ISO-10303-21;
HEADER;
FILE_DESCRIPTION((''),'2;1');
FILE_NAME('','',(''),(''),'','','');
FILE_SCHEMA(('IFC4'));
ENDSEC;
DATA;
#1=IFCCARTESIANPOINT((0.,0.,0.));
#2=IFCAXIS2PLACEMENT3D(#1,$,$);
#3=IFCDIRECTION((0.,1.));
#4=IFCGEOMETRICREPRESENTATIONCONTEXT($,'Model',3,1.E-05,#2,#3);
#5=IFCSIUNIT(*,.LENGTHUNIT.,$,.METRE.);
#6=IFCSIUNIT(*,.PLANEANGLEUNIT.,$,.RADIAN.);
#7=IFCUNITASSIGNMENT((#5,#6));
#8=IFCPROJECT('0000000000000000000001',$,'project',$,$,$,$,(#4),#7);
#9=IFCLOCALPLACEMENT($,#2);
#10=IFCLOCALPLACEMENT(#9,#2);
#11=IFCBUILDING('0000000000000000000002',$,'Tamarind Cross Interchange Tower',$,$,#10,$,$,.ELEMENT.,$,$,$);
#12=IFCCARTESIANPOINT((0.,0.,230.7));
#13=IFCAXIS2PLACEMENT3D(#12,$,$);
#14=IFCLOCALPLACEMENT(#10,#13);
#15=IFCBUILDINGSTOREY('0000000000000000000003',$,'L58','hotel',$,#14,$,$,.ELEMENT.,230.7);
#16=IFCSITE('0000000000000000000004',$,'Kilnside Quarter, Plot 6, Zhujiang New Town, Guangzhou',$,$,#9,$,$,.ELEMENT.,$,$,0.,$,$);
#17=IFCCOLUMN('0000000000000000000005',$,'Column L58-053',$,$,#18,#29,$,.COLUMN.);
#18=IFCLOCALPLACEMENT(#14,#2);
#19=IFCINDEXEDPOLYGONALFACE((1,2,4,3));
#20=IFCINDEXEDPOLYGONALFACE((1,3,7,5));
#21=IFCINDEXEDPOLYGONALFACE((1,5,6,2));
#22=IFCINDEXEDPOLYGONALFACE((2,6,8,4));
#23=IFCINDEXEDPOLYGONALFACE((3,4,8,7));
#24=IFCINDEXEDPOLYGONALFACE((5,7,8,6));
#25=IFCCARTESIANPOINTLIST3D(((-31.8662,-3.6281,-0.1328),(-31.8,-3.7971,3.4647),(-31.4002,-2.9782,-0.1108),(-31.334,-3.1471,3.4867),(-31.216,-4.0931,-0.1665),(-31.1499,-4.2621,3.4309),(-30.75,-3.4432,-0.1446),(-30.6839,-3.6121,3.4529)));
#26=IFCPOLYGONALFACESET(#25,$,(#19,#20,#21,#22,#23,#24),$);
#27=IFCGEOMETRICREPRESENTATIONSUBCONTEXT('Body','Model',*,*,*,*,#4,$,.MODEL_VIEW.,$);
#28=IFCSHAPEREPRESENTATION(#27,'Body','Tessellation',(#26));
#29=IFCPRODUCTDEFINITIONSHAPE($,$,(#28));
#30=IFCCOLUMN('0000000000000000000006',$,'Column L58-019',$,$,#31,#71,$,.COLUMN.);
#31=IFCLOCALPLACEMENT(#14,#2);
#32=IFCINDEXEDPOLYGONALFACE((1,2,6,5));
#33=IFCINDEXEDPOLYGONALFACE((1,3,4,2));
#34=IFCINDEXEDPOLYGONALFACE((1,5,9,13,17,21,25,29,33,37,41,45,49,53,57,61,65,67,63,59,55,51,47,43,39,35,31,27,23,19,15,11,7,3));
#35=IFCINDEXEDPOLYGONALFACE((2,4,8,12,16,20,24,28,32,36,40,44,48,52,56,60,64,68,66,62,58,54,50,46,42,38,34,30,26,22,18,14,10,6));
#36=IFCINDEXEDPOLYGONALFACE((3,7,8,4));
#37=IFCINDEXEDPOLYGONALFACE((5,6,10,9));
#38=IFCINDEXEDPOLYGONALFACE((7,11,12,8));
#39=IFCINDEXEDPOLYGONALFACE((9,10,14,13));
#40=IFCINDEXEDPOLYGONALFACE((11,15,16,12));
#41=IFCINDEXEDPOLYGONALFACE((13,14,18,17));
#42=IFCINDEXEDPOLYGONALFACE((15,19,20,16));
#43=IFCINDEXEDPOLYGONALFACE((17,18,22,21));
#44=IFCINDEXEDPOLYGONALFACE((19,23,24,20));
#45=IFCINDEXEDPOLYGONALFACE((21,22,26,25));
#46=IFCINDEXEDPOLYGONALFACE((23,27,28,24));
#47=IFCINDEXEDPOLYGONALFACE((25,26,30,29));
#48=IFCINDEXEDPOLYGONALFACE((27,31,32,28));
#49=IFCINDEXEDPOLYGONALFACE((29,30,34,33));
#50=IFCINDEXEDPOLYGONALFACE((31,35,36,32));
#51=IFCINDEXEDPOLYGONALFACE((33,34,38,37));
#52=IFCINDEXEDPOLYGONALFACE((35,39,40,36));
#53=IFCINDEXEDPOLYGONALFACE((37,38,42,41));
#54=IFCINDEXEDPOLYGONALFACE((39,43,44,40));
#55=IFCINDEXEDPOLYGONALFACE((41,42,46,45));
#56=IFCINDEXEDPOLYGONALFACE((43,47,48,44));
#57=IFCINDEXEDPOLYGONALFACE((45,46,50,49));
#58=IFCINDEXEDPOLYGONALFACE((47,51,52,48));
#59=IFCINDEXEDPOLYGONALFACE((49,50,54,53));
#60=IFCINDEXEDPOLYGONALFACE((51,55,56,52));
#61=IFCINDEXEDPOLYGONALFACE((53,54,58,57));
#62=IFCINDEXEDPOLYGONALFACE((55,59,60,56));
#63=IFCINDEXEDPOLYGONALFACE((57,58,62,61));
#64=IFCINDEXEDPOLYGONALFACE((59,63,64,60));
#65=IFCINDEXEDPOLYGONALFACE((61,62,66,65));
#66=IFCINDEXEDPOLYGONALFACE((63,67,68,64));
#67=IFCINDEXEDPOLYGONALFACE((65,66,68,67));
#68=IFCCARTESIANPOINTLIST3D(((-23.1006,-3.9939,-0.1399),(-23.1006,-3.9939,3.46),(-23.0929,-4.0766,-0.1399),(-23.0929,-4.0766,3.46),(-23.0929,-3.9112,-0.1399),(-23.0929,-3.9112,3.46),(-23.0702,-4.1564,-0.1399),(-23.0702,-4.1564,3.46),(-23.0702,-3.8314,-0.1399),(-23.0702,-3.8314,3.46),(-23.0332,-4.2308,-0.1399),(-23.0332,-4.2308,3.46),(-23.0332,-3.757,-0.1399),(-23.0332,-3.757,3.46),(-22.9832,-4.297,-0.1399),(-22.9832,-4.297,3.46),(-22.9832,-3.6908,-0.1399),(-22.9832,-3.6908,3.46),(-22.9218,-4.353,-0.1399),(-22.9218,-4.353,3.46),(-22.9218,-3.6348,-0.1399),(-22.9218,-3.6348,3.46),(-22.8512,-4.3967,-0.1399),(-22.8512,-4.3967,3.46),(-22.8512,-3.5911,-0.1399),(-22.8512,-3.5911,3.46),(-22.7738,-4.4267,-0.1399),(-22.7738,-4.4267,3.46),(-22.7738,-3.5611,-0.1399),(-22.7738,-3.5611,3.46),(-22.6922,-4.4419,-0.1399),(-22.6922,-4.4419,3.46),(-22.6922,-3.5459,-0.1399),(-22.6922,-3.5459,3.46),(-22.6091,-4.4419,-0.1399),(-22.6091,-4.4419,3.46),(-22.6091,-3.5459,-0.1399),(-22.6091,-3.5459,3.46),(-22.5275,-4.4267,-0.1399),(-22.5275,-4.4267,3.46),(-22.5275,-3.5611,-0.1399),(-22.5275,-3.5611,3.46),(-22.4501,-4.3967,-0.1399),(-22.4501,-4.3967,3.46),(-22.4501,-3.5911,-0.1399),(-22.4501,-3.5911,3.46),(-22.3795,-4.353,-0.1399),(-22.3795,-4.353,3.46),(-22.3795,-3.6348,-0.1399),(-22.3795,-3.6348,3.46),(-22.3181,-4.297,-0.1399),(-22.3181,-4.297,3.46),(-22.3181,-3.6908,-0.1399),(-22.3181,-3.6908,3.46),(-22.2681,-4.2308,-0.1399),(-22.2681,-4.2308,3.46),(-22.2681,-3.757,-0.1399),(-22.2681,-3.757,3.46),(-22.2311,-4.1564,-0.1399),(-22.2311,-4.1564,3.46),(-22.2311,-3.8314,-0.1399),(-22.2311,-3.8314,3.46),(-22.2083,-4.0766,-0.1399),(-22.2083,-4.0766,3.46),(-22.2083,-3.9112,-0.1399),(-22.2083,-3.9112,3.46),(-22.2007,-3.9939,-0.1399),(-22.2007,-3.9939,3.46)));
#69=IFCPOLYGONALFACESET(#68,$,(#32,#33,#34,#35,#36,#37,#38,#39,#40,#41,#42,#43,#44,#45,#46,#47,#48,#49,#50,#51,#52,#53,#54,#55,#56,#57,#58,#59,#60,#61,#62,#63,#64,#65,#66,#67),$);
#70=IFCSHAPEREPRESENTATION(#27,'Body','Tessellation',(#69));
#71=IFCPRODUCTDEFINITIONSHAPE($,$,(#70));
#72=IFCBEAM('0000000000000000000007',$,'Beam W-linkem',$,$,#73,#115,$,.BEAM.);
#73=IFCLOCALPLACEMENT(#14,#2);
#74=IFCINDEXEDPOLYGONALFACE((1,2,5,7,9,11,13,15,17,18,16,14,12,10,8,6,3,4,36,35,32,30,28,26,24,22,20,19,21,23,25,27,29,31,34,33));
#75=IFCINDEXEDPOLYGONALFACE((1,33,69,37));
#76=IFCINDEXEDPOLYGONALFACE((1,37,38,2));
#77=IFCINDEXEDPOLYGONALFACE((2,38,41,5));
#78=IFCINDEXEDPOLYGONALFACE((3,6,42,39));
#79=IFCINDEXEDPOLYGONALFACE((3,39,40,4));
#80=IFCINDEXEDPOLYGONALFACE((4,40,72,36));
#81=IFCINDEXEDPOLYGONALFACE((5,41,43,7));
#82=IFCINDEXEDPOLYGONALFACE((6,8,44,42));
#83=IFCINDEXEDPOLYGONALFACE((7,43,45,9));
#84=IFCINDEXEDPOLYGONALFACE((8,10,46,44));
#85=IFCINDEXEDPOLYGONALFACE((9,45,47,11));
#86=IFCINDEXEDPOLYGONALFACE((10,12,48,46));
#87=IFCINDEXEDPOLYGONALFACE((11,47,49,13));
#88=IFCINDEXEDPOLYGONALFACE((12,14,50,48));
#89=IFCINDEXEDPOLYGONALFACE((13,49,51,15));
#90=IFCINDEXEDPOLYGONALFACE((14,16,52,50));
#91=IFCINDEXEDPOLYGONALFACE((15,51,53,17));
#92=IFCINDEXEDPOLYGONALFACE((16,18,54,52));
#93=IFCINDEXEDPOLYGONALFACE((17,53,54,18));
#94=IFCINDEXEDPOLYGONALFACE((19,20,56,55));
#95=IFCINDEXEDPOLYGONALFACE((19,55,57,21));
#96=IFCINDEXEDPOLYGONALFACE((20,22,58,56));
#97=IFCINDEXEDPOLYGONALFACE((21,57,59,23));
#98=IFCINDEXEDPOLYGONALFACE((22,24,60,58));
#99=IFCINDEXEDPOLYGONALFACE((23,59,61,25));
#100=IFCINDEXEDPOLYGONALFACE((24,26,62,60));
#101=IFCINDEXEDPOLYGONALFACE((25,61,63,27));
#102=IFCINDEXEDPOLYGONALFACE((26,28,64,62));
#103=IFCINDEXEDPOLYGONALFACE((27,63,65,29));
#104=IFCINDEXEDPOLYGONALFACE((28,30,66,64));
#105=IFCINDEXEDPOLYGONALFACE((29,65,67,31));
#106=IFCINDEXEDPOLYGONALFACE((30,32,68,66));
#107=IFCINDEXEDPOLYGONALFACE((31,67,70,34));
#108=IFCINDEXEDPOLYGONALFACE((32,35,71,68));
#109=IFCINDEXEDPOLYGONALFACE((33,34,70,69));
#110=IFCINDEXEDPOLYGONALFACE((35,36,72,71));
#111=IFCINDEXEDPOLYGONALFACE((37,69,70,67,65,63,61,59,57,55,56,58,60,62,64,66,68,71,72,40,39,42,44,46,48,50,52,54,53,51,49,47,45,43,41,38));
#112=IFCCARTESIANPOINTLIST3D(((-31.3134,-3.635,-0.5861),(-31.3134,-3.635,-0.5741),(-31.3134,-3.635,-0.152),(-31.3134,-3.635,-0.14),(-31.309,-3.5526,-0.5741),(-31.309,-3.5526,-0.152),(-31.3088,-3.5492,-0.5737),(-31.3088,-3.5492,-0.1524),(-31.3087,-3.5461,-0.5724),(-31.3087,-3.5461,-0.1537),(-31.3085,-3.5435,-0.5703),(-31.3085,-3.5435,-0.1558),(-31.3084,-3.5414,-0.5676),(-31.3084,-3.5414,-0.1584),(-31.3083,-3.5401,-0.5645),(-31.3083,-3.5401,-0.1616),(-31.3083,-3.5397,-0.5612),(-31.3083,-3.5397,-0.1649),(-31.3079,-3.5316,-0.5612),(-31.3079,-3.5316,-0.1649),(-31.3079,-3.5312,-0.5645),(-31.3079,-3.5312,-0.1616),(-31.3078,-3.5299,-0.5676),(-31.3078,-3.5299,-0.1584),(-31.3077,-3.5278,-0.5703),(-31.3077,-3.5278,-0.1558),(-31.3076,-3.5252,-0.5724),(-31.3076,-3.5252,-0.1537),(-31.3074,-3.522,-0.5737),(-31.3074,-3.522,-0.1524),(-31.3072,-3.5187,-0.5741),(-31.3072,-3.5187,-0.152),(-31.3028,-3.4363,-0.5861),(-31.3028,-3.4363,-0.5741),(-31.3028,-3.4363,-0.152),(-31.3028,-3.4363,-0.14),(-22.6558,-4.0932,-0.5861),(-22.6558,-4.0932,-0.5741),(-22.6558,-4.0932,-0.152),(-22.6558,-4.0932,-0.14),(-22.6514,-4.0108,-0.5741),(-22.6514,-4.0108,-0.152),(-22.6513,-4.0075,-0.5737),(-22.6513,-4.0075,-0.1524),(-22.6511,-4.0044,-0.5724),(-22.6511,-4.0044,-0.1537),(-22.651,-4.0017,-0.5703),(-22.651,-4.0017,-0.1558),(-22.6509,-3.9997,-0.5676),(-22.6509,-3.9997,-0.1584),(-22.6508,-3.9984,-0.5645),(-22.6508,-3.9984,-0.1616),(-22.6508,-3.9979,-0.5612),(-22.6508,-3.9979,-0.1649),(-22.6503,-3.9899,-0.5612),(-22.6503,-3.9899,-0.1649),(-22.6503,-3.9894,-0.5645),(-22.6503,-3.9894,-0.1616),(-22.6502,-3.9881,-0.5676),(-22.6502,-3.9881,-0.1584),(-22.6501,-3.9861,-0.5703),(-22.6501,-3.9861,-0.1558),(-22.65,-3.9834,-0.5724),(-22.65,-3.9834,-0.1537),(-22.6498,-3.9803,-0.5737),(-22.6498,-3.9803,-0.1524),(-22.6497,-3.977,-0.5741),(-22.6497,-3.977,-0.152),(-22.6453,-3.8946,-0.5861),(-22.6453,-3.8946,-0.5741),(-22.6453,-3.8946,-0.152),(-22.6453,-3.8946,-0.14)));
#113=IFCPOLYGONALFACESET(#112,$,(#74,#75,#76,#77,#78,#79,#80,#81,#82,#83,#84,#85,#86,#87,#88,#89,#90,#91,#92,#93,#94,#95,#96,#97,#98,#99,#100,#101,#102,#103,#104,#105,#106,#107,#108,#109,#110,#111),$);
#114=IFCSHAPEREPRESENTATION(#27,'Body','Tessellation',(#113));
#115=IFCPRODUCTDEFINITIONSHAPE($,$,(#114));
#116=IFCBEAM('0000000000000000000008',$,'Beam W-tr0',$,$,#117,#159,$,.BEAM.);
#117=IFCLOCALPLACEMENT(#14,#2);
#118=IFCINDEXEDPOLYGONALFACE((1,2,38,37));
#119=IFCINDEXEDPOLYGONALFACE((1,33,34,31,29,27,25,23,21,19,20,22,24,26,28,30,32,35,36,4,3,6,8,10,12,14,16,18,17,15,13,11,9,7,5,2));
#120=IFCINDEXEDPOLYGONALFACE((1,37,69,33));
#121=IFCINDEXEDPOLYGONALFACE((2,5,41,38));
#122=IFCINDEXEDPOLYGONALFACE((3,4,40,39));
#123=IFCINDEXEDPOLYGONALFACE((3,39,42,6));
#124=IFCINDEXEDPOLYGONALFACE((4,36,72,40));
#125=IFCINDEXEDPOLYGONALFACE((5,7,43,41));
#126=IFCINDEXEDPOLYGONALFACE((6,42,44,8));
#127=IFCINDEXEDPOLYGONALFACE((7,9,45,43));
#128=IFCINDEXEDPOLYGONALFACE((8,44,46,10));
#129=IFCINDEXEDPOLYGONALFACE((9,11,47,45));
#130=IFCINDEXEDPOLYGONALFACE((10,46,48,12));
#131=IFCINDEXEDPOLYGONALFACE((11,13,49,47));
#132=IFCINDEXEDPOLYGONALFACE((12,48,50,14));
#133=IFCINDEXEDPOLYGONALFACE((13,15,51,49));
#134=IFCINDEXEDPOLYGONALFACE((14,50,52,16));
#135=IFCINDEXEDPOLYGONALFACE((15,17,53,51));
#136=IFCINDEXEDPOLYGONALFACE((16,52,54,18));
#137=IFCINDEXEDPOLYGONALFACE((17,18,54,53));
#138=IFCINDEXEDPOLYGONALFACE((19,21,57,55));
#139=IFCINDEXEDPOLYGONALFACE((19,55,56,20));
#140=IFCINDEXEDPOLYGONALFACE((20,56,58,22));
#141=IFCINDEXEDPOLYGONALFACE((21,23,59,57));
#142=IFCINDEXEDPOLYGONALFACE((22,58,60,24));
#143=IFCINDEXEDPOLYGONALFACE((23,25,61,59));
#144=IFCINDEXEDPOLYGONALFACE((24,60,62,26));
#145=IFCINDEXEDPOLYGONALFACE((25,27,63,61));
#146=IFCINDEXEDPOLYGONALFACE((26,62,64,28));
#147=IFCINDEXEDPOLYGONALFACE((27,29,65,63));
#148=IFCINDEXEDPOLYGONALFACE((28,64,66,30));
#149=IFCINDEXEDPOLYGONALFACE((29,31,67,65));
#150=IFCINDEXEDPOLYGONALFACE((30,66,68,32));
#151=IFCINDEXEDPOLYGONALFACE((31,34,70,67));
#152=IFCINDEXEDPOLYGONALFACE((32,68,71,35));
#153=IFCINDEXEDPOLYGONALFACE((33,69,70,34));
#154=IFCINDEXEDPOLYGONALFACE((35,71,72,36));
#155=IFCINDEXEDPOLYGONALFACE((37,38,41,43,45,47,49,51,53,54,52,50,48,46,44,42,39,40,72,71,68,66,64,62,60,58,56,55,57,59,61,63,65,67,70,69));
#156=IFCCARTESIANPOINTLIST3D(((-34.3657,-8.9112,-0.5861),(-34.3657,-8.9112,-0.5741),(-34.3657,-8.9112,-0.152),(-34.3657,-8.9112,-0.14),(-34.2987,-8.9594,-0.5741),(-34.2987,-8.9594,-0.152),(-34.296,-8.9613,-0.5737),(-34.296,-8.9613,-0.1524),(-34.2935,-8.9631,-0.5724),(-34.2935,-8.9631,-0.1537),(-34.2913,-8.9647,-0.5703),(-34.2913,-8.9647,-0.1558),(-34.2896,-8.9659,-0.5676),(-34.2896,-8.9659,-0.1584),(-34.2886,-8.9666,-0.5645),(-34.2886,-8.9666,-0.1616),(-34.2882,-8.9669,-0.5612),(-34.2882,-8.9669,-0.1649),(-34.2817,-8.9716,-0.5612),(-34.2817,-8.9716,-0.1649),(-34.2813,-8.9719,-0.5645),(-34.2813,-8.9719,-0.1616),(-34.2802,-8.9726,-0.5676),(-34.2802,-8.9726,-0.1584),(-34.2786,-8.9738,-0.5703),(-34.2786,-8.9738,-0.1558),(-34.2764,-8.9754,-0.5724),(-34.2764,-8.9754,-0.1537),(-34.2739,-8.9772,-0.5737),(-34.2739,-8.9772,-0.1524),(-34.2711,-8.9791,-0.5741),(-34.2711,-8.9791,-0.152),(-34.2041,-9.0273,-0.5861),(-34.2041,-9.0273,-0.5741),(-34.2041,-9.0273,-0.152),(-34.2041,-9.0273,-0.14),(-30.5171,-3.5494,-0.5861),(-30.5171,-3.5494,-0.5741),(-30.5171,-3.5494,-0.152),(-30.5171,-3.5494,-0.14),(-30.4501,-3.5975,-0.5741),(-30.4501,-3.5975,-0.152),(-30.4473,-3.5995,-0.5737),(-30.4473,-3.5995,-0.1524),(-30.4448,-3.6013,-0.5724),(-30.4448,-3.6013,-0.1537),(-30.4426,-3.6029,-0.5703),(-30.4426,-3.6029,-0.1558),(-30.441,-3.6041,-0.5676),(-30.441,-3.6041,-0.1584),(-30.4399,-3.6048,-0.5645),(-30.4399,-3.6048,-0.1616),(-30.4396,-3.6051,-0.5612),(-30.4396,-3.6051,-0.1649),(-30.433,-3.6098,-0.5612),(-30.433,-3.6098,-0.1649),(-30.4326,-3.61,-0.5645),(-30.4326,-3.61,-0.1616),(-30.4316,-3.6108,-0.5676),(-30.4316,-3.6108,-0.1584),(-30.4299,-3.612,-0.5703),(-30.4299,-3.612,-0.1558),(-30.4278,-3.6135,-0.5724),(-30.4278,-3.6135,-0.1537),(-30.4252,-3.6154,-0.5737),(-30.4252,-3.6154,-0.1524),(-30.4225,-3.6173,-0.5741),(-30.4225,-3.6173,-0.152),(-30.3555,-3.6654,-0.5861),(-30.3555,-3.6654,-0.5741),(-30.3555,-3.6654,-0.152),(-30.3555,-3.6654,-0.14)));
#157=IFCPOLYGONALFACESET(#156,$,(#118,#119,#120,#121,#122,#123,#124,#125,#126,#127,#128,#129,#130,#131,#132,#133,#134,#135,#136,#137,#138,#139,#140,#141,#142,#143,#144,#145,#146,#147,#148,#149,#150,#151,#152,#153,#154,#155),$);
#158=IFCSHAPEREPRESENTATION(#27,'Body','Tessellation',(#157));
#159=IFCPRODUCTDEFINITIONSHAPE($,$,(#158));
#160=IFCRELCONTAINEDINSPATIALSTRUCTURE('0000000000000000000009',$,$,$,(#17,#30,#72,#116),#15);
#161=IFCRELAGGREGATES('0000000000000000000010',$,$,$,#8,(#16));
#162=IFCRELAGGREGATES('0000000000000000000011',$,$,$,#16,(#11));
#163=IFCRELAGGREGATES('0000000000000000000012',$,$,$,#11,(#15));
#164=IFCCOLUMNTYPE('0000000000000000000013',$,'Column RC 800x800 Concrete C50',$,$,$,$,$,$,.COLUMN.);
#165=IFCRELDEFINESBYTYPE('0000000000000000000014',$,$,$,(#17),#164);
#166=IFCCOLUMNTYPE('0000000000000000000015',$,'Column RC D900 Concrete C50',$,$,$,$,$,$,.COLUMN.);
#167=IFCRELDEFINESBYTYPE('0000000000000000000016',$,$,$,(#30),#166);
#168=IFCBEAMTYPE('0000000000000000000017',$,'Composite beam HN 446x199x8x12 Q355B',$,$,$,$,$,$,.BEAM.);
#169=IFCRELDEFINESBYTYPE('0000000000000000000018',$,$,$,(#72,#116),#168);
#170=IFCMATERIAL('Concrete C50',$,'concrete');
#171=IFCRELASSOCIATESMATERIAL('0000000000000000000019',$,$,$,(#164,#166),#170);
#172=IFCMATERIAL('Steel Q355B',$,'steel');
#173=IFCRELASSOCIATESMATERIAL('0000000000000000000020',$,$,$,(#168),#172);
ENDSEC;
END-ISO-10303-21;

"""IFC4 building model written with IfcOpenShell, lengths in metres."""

from ifc_helpers import new_model, si_unit, direction, frame, origin, origin_2d, place, context, subcontext, project, spatial, rectangle, circle, i_section, extrude, material, material_profile, profile_set, type_object, element, save


model = new_model("IFC4")

# Units and contexts
model_context = context("Model", 3, precision=1e-05, world=origin(), true_north=direction((0.0, 1.0)))
body_context = subcontext(model_context, "Body", "Model", "MODEL_VIEW")
ifc_project = project(units=[si_unit("LENGTHUNIT", "METRE"), si_unit("PLANEANGLEUNIT", "RADIAN")], contexts=[model_context])

# Site, building, storey
site_placement = place(None, origin())
site = spatial("IfcSite", under=ifc_project, at=site_placement, Name="Kilnside Quarter, Plot 6, Zhujiang New Town, Guangzhou", CompositionType="ELEMENT", RefElevation=0.0)
building_placement = place(site_placement, origin())
building = spatial("IfcBuilding", under=site, at=building_placement, Name="Tamarind Cross Interchange Tower", CompositionType="ELEMENT")
storey_placement = place(building_placement, frame((0.0, 0.0, 230.7)))
storey = spatial("IfcBuildingStorey", under=building, at=storey_placement, Name="L58", Description="hotel", CompositionType="ELEMENT", Elevation=230.7)

# Columns
ifc_material_1 = material(Name="Concrete C50", Category="concrete")
ifc_material_profile_1 = material_profile(ifc_material_1, rectangle(XDim=0.8, YDim=0.8, at=origin_2d()), Name="RC 800x800")
ifc_profile_set_1 = profile_set([ifc_material_profile_1], Name="Concrete C50")
column_type_1 = type_object("IfcColumnType", Name="Column RC 800x800 Concrete C50", PredefinedType="COLUMN", material=ifc_profile_set_1)
column_1_placement = place(storey_placement, frame((-31.3081, -3.5356, -0.1387), z_axis=(0.018368, -0.046903, 0.998731), x_axis=(0.582456, 0.812399, 0.02744)))
element("IfcColumn", 1, at=column_1_placement, inside=storey, type_object=column_type_1, Name="Column L58-053", PredefinedType="COLUMN", context=body_context, shape_type="SweptSolid", body=[
    extrude(rectangle(XDim=0.8, YDim=0.8, at=origin_2d()), origin(), (0.0, 0.0, 1.0), 3.6021),
])
ifc_material_profile_2 = material_profile(ifc_material_1, circle(Radius=0.45, at=origin_2d()), Name="RC D900")
ifc_profile_set_2 = profile_set([ifc_material_profile_2], Name="Concrete C50")
column_type_2 = type_object("IfcColumnType", Name="Column RC D900 Concrete C50", PredefinedType="COLUMN", material=ifc_profile_set_2)
column_2_placement = place(storey_placement, frame((-22.6506, -3.9939, -0.1399), z_axis=(0.0, 0.0, 1.0), x_axis=(1.0, 0.0, 0.0)))
element("IfcColumn", 2, at=column_2_placement, inside=storey, type_object=column_type_2, Name="Column L58-019", PredefinedType="COLUMN", context=body_context, shape_type="SweptSolid", body=[
    extrude(circle(Radius=0.45, at=origin_2d()), origin(), (0.0, 0.0, 1.0), 3.5999),
])

# Beams
ifc_material_2 = material(Name="Steel Q355B", Category="steel")
ifc_material_profile_3 = material_profile(ifc_material_2, i_section(OverallWidth=0.199, OverallDepth=0.446, WebThickness=0.0081, FlangeThickness=0.012, FilletRadius=0.0129, at=origin_2d()), Name="HN 446x199x8x12")
ifc_profile_set_3 = profile_set([ifc_material_profile_3], Name="Steel Q355B")
beam_type_1 = type_object("IfcBeamType", Name="Composite beam HN 446x199x8x12 Q355B", PredefinedType="BEAM", material=ifc_profile_set_3)
beam_1_placement = place(storey_placement, frame((-31.3081, -3.5356, -0.363), z_axis=(0.998602, -0.052857, 0.0), x_axis=(0.052857, 0.998602, 0.0)))
element("IfcBeam", 3, at=beam_1_placement, inside=storey, type_object=beam_type_1, Name="Beam W-linkem", PredefinedType="BEAM", context=body_context, shape_type="SweptSolid", body=[
    extrude(i_section(OverallWidth=0.199, OverallDepth=0.446, WebThickness=0.0081, FlangeThickness=0.012, FilletRadius=0.0129, at=origin_2d()), origin(), (0.0, 0.0, 1.0), 8.6697),
])
beam_2_placement = place(storey_placement, frame((-30.4363, -3.6074, -0.363), z_axis=(-0.583119, -0.812387, 0.0), x_axis=(0.812387, -0.583119, 0.0)))
element("IfcBeam", 4, at=beam_2_placement, inside=storey, type_object=beam_type_1, Name="Beam W-tr0", PredefinedType="BEAM", context=body_context, shape_type="SweptSolid", body=[
    extrude(i_section(OverallWidth=0.199, OverallDepth=0.446, WebThickness=0.0081, FlangeThickness=0.012, FilletRadius=0.0129, at=origin_2d()), origin(), (0.0, 0.0, 1.0), 6.6001),
])

save(model, "model.ifc")
